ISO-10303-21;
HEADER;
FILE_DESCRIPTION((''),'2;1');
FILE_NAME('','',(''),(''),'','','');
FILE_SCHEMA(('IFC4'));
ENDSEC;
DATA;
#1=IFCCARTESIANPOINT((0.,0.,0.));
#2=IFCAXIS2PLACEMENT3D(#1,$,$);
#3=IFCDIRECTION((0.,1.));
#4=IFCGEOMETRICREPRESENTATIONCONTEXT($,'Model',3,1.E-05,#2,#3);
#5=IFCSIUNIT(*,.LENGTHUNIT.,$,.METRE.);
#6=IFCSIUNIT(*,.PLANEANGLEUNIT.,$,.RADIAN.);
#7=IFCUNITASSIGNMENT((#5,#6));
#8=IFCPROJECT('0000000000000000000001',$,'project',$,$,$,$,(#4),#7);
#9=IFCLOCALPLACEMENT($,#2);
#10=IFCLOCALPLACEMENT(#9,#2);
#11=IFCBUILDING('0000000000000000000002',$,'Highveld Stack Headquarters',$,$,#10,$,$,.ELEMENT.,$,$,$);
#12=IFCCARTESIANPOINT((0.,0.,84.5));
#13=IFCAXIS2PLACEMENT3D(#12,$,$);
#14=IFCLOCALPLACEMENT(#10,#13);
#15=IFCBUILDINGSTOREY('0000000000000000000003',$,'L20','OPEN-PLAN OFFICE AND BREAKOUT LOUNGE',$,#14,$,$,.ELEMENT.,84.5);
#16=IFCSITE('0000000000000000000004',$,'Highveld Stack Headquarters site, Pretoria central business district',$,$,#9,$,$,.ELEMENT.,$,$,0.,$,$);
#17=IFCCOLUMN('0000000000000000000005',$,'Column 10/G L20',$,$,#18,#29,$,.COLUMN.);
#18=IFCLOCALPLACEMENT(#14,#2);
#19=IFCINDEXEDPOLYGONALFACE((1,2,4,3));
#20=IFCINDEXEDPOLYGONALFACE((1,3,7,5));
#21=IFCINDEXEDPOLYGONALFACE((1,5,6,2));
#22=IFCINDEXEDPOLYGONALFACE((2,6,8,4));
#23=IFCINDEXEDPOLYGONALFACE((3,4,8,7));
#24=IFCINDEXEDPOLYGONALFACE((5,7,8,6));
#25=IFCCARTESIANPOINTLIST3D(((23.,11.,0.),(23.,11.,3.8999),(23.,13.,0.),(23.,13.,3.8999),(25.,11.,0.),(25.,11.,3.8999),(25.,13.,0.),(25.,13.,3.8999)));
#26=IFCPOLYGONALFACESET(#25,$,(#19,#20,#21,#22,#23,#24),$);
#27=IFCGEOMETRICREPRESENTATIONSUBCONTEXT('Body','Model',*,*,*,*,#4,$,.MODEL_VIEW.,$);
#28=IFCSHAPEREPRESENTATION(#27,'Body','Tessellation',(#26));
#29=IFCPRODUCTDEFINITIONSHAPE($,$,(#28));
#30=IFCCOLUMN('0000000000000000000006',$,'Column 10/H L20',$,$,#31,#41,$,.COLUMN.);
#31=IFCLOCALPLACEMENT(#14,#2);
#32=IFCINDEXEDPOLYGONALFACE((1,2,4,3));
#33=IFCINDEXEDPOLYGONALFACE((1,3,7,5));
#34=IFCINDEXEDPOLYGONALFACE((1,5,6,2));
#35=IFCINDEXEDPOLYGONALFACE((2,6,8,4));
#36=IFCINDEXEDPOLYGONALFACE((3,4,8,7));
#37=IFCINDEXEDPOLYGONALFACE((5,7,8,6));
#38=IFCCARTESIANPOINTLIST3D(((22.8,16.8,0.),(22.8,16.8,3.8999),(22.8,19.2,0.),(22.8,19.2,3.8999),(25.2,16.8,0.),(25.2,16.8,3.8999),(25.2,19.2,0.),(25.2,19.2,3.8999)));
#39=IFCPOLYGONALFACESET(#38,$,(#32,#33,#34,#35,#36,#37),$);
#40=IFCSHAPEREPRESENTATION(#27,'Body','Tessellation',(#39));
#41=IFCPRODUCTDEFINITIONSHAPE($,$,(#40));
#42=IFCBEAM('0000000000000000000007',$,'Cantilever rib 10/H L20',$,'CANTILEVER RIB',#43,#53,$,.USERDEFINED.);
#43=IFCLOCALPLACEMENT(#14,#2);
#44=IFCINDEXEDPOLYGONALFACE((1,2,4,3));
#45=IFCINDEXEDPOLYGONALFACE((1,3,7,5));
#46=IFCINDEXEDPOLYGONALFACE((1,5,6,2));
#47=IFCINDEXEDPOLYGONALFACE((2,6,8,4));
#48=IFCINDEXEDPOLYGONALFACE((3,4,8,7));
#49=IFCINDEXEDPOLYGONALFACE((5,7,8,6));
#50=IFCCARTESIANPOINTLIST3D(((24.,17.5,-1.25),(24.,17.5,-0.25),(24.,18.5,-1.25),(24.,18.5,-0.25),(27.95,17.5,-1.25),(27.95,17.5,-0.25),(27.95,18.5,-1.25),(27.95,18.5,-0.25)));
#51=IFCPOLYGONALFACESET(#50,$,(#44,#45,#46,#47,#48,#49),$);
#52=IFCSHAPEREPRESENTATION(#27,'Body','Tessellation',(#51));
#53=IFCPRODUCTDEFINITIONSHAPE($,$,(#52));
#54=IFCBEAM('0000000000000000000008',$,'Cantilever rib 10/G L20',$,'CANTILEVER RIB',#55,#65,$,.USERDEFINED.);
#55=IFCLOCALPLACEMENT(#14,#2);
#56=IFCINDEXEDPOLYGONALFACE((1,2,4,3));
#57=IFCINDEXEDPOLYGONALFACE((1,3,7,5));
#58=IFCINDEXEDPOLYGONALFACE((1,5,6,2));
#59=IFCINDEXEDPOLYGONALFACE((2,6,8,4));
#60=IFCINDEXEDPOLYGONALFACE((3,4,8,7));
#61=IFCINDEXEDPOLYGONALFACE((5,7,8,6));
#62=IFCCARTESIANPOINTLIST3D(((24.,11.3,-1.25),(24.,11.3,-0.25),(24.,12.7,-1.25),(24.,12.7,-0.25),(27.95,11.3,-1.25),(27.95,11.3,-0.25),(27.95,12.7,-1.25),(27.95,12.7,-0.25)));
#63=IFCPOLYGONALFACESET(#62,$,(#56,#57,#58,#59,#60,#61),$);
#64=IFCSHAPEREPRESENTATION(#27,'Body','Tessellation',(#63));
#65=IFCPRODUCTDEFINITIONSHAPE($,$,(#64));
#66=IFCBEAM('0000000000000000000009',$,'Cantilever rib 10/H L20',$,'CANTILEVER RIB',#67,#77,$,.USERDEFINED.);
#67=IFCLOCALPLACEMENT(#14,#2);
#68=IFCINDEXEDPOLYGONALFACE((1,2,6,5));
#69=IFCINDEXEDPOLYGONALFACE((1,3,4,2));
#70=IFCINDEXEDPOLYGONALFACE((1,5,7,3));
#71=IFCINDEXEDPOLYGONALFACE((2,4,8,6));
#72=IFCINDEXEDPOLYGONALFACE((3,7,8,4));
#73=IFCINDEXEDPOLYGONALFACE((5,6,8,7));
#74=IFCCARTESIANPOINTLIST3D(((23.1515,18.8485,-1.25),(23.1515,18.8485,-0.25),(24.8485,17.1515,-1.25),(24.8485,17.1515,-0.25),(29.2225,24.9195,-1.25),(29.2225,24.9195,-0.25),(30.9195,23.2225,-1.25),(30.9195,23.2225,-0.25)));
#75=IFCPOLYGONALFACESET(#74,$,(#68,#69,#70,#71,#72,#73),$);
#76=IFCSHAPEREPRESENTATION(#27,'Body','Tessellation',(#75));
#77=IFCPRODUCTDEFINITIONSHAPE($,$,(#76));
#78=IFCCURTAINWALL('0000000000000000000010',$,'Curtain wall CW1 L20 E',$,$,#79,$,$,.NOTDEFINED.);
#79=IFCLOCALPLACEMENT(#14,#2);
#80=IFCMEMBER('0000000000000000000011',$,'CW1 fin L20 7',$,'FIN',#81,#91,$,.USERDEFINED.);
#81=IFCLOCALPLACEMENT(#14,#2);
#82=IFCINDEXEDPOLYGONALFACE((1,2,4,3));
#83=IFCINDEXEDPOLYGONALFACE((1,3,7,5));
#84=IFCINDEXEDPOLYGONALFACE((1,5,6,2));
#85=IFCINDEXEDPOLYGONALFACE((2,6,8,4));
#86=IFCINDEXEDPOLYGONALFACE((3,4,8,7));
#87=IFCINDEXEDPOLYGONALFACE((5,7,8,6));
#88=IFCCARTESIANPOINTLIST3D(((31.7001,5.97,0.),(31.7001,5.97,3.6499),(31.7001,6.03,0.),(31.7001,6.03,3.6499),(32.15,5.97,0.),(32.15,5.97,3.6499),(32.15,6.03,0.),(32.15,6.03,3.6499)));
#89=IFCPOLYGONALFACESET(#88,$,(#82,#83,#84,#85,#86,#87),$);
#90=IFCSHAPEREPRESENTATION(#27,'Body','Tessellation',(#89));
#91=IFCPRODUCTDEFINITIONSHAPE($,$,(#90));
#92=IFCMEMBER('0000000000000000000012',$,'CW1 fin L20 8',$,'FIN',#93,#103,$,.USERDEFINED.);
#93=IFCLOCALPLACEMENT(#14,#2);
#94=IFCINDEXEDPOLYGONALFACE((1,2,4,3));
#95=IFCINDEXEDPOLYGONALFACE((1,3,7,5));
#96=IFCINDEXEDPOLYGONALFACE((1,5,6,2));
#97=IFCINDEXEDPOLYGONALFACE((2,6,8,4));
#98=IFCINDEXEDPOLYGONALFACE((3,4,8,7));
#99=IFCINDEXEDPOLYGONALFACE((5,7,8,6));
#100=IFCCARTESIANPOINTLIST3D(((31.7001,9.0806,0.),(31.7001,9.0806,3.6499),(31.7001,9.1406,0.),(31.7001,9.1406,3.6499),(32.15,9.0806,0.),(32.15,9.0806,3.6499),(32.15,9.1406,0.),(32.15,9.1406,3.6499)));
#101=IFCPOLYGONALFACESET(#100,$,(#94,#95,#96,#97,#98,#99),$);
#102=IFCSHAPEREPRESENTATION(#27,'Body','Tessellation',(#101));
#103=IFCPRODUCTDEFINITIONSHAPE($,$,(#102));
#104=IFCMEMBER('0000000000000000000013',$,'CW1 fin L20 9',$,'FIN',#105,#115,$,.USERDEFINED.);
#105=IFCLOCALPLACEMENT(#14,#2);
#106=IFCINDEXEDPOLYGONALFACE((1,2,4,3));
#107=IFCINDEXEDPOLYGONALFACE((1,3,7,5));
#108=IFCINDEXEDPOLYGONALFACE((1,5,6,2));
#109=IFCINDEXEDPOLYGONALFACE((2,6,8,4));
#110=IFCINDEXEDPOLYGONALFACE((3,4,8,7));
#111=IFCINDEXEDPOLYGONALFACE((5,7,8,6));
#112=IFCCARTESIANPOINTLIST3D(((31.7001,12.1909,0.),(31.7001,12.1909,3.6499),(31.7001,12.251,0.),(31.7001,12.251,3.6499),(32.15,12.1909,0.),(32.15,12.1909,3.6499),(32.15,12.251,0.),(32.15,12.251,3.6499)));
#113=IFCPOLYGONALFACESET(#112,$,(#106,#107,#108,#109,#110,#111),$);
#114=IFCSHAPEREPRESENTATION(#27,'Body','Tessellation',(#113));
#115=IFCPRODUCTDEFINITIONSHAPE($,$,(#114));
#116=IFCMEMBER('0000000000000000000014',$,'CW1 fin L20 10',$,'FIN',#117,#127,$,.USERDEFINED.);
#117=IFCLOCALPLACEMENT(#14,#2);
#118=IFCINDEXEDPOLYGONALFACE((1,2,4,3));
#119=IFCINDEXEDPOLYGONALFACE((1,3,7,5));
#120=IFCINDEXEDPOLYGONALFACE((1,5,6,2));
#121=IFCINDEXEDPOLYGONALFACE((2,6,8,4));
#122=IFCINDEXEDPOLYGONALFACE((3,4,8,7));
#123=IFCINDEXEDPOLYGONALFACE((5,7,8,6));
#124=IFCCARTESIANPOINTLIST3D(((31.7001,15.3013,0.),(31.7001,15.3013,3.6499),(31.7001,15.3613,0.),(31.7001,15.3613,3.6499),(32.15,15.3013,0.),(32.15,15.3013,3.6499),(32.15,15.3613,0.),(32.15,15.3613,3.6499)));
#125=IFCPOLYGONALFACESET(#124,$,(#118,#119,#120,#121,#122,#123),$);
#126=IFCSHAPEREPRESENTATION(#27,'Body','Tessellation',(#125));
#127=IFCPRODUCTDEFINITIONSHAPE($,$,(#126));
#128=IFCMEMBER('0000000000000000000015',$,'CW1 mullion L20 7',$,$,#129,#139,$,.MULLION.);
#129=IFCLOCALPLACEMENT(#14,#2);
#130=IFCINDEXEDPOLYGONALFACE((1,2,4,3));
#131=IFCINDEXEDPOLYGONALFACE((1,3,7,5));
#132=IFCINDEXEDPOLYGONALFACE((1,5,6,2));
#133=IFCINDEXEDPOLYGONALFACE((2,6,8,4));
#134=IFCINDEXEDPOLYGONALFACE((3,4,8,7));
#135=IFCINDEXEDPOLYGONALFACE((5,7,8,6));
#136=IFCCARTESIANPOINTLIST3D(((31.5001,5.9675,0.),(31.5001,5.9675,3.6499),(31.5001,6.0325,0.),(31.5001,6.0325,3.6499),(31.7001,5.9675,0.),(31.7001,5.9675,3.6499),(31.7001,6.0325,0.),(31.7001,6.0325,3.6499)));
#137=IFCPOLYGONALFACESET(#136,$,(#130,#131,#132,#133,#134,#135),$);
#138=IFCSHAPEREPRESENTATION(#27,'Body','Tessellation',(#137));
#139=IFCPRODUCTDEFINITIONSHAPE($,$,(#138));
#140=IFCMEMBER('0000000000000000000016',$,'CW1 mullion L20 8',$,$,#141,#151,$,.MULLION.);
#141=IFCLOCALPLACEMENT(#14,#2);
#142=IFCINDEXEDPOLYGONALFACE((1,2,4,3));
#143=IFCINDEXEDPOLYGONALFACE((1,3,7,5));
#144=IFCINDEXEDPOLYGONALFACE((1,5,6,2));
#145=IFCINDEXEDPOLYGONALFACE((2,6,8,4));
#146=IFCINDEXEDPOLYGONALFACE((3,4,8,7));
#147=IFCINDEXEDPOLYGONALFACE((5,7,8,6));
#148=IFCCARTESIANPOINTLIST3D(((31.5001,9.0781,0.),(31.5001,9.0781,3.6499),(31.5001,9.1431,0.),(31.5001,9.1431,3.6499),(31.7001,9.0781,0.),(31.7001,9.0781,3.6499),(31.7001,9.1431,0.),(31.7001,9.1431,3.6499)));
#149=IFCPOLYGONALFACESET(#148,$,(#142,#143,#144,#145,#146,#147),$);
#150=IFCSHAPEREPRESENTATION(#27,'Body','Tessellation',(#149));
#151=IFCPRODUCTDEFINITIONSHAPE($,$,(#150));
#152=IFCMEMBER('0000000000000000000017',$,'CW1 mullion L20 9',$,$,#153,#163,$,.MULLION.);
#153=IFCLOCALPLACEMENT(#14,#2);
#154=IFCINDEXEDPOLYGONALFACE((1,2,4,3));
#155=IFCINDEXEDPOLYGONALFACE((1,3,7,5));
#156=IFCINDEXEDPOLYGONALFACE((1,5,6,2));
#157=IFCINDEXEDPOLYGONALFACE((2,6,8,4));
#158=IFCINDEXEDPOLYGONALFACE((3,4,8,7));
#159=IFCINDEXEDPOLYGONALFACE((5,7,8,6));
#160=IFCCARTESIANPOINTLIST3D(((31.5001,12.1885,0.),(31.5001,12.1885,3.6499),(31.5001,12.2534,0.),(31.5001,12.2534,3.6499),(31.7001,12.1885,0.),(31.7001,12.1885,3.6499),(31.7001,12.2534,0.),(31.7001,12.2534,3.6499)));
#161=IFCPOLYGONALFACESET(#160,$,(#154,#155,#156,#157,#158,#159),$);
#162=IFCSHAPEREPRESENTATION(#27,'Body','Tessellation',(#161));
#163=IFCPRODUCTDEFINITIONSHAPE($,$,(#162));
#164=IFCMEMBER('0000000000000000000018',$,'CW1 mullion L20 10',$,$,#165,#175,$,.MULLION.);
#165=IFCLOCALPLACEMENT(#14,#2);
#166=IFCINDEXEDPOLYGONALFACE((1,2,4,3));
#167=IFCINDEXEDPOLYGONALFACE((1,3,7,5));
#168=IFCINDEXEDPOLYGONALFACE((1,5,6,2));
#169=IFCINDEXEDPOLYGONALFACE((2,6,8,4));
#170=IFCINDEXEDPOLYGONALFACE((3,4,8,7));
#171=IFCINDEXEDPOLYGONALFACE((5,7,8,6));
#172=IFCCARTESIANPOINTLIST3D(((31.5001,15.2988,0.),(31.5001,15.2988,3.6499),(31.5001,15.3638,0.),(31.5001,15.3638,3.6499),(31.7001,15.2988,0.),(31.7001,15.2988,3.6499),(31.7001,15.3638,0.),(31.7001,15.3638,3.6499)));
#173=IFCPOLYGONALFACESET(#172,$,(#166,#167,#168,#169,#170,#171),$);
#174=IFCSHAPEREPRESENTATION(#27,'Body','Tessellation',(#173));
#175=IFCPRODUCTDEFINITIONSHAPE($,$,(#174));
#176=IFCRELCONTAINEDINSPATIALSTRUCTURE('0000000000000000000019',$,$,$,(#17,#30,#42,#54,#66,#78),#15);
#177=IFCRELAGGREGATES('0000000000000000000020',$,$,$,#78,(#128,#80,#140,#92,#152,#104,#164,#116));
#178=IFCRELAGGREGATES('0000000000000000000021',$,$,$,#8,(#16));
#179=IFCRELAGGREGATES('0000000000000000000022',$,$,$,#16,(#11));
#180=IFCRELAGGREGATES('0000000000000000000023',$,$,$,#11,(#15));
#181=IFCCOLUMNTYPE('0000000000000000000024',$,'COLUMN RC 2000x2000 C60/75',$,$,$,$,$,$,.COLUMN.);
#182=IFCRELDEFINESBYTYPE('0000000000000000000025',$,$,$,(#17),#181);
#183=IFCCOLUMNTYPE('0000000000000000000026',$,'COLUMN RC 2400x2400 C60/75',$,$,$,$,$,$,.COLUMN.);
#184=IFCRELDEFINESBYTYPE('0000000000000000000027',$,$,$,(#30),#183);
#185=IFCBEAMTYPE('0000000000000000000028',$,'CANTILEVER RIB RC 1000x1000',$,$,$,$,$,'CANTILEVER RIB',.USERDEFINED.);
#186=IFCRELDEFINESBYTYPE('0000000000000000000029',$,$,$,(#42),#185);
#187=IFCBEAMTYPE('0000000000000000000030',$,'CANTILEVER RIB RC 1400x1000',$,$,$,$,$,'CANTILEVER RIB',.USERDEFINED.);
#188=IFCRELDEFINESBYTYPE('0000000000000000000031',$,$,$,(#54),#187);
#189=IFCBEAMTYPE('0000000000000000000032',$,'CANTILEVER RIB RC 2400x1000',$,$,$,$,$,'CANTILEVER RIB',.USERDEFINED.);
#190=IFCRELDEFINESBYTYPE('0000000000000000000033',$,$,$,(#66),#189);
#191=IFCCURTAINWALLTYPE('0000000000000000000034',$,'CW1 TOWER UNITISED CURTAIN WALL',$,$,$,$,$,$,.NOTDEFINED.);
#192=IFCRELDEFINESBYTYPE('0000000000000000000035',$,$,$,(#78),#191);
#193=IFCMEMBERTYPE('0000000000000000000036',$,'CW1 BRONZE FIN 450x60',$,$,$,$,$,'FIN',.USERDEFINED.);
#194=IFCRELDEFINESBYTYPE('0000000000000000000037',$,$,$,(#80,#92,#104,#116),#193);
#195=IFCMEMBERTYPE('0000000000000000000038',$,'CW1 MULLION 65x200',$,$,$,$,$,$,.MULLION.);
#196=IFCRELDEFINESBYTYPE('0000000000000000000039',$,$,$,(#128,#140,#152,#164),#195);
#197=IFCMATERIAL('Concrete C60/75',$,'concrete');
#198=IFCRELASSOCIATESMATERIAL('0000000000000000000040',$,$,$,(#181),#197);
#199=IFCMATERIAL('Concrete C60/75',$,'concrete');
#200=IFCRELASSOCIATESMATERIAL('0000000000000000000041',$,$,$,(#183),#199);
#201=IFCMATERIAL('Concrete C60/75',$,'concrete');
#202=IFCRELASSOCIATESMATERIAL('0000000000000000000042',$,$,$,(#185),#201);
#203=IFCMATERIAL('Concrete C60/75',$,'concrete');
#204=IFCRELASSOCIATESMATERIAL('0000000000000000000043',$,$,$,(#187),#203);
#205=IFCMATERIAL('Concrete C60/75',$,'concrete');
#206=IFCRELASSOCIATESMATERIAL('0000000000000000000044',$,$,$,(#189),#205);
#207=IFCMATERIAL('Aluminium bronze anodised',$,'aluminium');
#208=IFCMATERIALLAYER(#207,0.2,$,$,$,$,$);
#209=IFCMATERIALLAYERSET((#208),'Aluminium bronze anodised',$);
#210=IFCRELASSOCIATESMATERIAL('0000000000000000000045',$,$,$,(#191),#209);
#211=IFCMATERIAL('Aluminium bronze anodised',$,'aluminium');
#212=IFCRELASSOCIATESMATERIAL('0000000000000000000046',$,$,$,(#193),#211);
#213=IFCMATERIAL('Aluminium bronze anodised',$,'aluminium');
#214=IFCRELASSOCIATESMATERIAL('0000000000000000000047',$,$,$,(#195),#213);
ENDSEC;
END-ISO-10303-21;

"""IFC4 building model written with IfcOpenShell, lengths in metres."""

from ifc_helpers import new_model, si_unit, direction, frame, origin, origin_2d, place, context, subcontext, project, spatial, rectangle, extrude, material, layer, layer_set, material_profile, profile_set, type_object, element, aggregate, save


model = new_model("IFC4")

# Units and contexts
model_context = context("Model", 3, precision=1e-05, world=origin(), true_north=direction((0.0, 1.0)))
body_context = subcontext(model_context, "Body", "Model", "MODEL_VIEW")
ifc_project = project(units=[si_unit("LENGTHUNIT", "METRE"), si_unit("PLANEANGLEUNIT", "RADIAN")], contexts=[model_context])

# Site, building, storey
site_placement = place(None, origin())
site = spatial("IfcSite", under=ifc_project, at=site_placement, Name="Highveld Stack Headquarters site, Pretoria central business district", CompositionType="ELEMENT", RefElevation=0.0)
building_placement = place(site_placement, origin())
building = spatial("IfcBuilding", under=site, at=building_placement, Name="Highveld Stack Headquarters", CompositionType="ELEMENT")
storey_placement = place(building_placement, frame((0.0, 0.0, 84.5)))
storey = spatial("IfcBuildingStorey", under=building, at=storey_placement, Name="L20", Description="OPEN-PLAN OFFICE AND BREAKOUT LOUNGE", CompositionType="ELEMENT", Elevation=84.5)

# Columns
ifc_material_1 = material(Name="Concrete C60/75", Category="concrete")
ifc_material_profile_1 = material_profile(ifc_material_1, rectangle(XDim=2.0, YDim=2.0, at=origin_2d()), Name="RC 2000x2000")
ifc_profile_set_1 = profile_set([ifc_material_profile_1], Name="Concrete C60/75")
column_type_1 = type_object("IfcColumnType", Name="COLUMN RC 2000x2000 C60/75", PredefinedType="COLUMN", material=ifc_profile_set_1)
column_1_placement = place(storey_placement, frame((24.0, 12.0, 0.0), z_axis=(0.0, 0.0, 1.0), x_axis=(1.0, 0.0, 0.0)))
element("IfcColumn", 1, at=column_1_placement, inside=storey, type_object=column_type_1, Name="Column 10/G L20", PredefinedType="COLUMN", context=body_context, shape_type="SweptSolid", body=[
    extrude(rectangle(XDim=2.0, YDim=2.0, at=origin_2d()), origin(), (0.0, 0.0, 1.0), 3.8999),
])
ifc_material_2 = material(Name="Concrete C60/75", Category="concrete")
ifc_material_profile_2 = material_profile(ifc_material_2, rectangle(XDim=2.3999, YDim=2.3999, at=origin_2d()), Name="RC 2400x2400")
ifc_profile_set_2 = profile_set([ifc_material_profile_2], Name="Concrete C60/75")
column_type_2 = type_object("IfcColumnType", Name="COLUMN RC 2400x2400 C60/75", PredefinedType="COLUMN", material=ifc_profile_set_2)
column_2_placement = place(storey_placement, frame((24.0, 18.0, 0.0), z_axis=(0.0, 0.0, 1.0), x_axis=(1.0, 0.0, 0.0)))
element("IfcColumn", 2, at=column_2_placement, inside=storey, type_object=column_type_2, Name="Column 10/H L20", PredefinedType="COLUMN", context=body_context, shape_type="SweptSolid", body=[
    extrude(rectangle(XDim=2.3999, YDim=2.3999, at=origin_2d()), origin(), (0.0, 0.0, 1.0), 3.8999),
])

# Beams
ifc_material_3 = material(Name="Concrete C60/75", Category="concrete")
ifc_material_profile_3 = material_profile(ifc_material_3, rectangle(XDim=1.0, YDim=1.0, at=origin_2d()), Name="RC 1000x1000")
ifc_profile_set_3 = profile_set([ifc_material_profile_3], Name="Concrete C60/75")
beam_type_1 = type_object("IfcBeamType", Name="CANTILEVER RIB RC 1000x1000", ElementType="CANTILEVER RIB", PredefinedType="USERDEFINED", material=ifc_profile_set_3)
beam_1_placement = place(storey_placement, frame((24.0, 18.0, -0.75), z_axis=(1.0, 0.0, 0.0), x_axis=(0.0, 1.0, 0.0)))
element("IfcBeam", 3, at=beam_1_placement, inside=storey, type_object=beam_type_1, Name="Cantilever rib 10/H L20", ObjectType="CANTILEVER RIB", PredefinedType="USERDEFINED", context=body_context, shape_type="SweptSolid", body=[
    extrude(rectangle(XDim=1.0, YDim=1.0, at=origin_2d()), origin(), (0.0, 0.0, 1.0), 3.95),
])
ifc_material_4 = material(Name="Concrete C60/75", Category="concrete")
ifc_material_profile_4 = material_profile(ifc_material_4, rectangle(XDim=1.3999, YDim=1.0, at=origin_2d()), Name="RC 1400x1000")
ifc_profile_set_4 = profile_set([ifc_material_profile_4], Name="Concrete C60/75")
beam_type_2 = type_object("IfcBeamType", Name="CANTILEVER RIB RC 1400x1000", ElementType="CANTILEVER RIB", PredefinedType="USERDEFINED", material=ifc_profile_set_4)
beam_2_placement = place(storey_placement, frame((24.0, 12.0, -0.75), z_axis=(1.0, 0.0, 0.0), x_axis=(0.0, 1.0, 0.0)))
element("IfcBeam", 4, at=beam_2_placement, inside=storey, type_object=beam_type_2, Name="Cantilever rib 10/G L20", ObjectType="CANTILEVER RIB", PredefinedType="USERDEFINED", context=body_context, shape_type="SweptSolid", body=[
    extrude(rectangle(XDim=1.3999, YDim=1.0, at=origin_2d()), origin(), (0.0, 0.0, 1.0), 3.95),
])
ifc_material_5 = material(Name="Concrete C60/75", Category="concrete")
ifc_material_profile_5 = material_profile(ifc_material_5, rectangle(XDim=2.3999, YDim=1.0, at=origin_2d()), Name="RC 2400x1000")
ifc_profile_set_5 = profile_set([ifc_material_profile_5], Name="Concrete C60/75")
beam_type_3 = type_object("IfcBeamType", Name="CANTILEVER RIB RC 2400x1000", ElementType="CANTILEVER RIB", PredefinedType="USERDEFINED", material=ifc_profile_set_5)
beam_3_placement = place(storey_placement, frame((24.0, 18.0, -0.75), z_axis=(0.707107, 0.707107, 0.0), x_axis=(-0.707107, 0.707107, 0.0)))
element("IfcBeam", 5, at=beam_3_placement, inside=storey, type_object=beam_type_3, Name="Cantilever rib 10/H L20", ObjectType="CANTILEVER RIB", PredefinedType="USERDEFINED", context=body_context, shape_type="SweptSolid", body=[
    extrude(rectangle(XDim=2.3999, YDim=1.0, at=origin_2d()), origin(), (0.0, 0.0, 1.0), 8.5857),
])

# Curtain wall, members
ifc_material_6 = material(Name="Aluminium bronze anodised", Category="aluminium")
ifc_layer_1 = layer(ifc_material_6, 0.2)
ifc_layer_set_1 = layer_set([ifc_layer_1], Name="Aluminium bronze anodised")
curtain_wall_type = type_object("IfcCurtainWallType", Name="CW1 TOWER UNITISED CURTAIN WALL", PredefinedType="NOTDEFINED", material=ifc_layer_set_1)
curtain_wall_placement = place(storey_placement, origin())
curtain_wall = element("IfcCurtainWall", 6, at=curtain_wall_placement, inside=storey, type_object=curtain_wall_type, Name="Curtain wall CW1 L20 E", PredefinedType="NOTDEFINED")
ifc_material_7 = material(Name="Aluminium bronze anodised", Category="aluminium")
ifc_material_profile_6 = material_profile(ifc_material_7, rectangle(XDim=0.45, YDim=0.0601, at=origin_2d()), Name="FIN 450x60")
ifc_profile_set_6 = profile_set([ifc_material_profile_6], Name="Aluminium bronze anodised")
member_type_1 = type_object("IfcMemberType", Name="CW1 BRONZE FIN 450x60", ElementType="FIN", PredefinedType="USERDEFINED", material=ifc_profile_set_6)
member_1_placement = place(storey_placement, frame((31.925, 6.0, 0.0), z_axis=(0.0, 0.0, 1.0), x_axis=(-1.0, 0.0, 0.0)))
member_1 = element("IfcMember", 7, at=member_1_placement, type_object=member_type_1, Name="CW1 fin L20 7", ObjectType="FIN", PredefinedType="USERDEFINED", context=body_context, shape_type="SweptSolid", body=[
    extrude(rectangle(XDim=0.45, YDim=0.0601, at=origin_2d()), origin(), (0.0, 0.0, 1.0), 3.6499),
])
member_2_placement = place(storey_placement, frame((31.925, 9.1106, 0.0), z_axis=(0.0, 0.0, 1.0), x_axis=(-1.0, 0.0, 0.0)))
member_2 = element("IfcMember", 8, at=member_2_placement, type_object=member_type_1, Name="CW1 fin L20 8", ObjectType="FIN", PredefinedType="USERDEFINED", context=body_context, shape_type="SweptSolid", body=[
    extrude(rectangle(XDim=0.45, YDim=0.0601, at=origin_2d()), origin(), (0.0, 0.0, 1.0), 3.6499),
])
member_3_placement = place(storey_placement, frame((31.925, 12.2209, 0.0), z_axis=(0.0, 0.0, 1.0), x_axis=(-1.0, 0.0, 0.0)))
member_3 = element("IfcMember", 9, at=member_3_placement, type_object=member_type_1, Name="CW1 fin L20 9", ObjectType="FIN", PredefinedType="USERDEFINED", context=body_context, shape_type="SweptSolid", body=[
    extrude(rectangle(XDim=0.45, YDim=0.0601, at=origin_2d()), origin(), (0.0, 0.0, 1.0), 3.6499),
])
member_4_placement = place(storey_placement, frame((31.925, 15.3313, 0.0), z_axis=(0.0, 0.0, 1.0), x_axis=(-1.0, 0.0, 0.0)))
member_4 = element("IfcMember", 10, at=member_4_placement, type_object=member_type_1, Name="CW1 fin L20 10", ObjectType="FIN", PredefinedType="USERDEFINED", context=body_context, shape_type="SweptSolid", body=[
    extrude(rectangle(XDim=0.45, YDim=0.0601, at=origin_2d()), origin(), (0.0, 0.0, 1.0), 3.6499),
])
ifc_material_8 = material(Name="Aluminium bronze anodised", Category="aluminium")
ifc_material_profile_7 = material_profile(ifc_material_8, rectangle(XDim=0.2, YDim=0.0649, at=origin_2d()), Name="CW1 MULLION 65x200")
ifc_profile_set_7 = profile_set([ifc_material_profile_7], Name="Aluminium bronze anodised")
member_type_2 = type_object("IfcMemberType", Name="CW1 MULLION 65x200", PredefinedType="MULLION", material=ifc_profile_set_7)
member_5_placement = place(storey_placement, frame((31.6001, 6.0, 0.0), z_axis=(0.0, 0.0, 1.0), x_axis=(-1.0, 0.0, 0.0)))
member_5 = element("IfcMember", 11, at=member_5_placement, type_object=member_type_2, Name="CW1 mullion L20 7", PredefinedType="MULLION", context=body_context, shape_type="SweptSolid", body=[
    extrude(rectangle(XDim=0.2, YDim=0.0649, at=origin_2d()), origin(), (0.0, 0.0, 1.0), 3.6499),
])
member_6_placement = place(storey_placement, frame((31.6001, 9.1106, 0.0), z_axis=(0.0, 0.0, 1.0), x_axis=(-1.0, 0.0, 0.0)))
member_6 = element("IfcMember", 12, at=member_6_placement, type_object=member_type_2, Name="CW1 mullion L20 8", PredefinedType="MULLION", context=body_context, shape_type="SweptSolid", body=[
    extrude(rectangle(XDim=0.2, YDim=0.0649, at=origin_2d()), origin(), (0.0, 0.0, 1.0), 3.6499),
])
member_7_placement = place(storey_placement, frame((31.6001, 12.2209, 0.0), z_axis=(0.0, 0.0, 1.0), x_axis=(-1.0, 0.0, 0.0)))
member_7 = element("IfcMember", 13, at=member_7_placement, type_object=member_type_2, Name="CW1 mullion L20 9", PredefinedType="MULLION", context=body_context, shape_type="SweptSolid", body=[
    extrude(rectangle(XDim=0.2, YDim=0.0649, at=origin_2d()), origin(), (0.0, 0.0, 1.0), 3.6499),
])
member_8_placement = place(storey_placement, frame((31.6001, 15.3313, 0.0), z_axis=(0.0, 0.0, 1.0), x_axis=(-1.0, 0.0, 0.0)))
member_8 = element("IfcMember", 14, at=member_8_placement, type_object=member_type_2, Name="CW1 mullion L20 10", PredefinedType="MULLION", context=body_context, shape_type="SweptSolid", body=[
    extrude(rectangle(XDim=0.2, YDim=0.0649, at=origin_2d()), origin(), (0.0, 0.0, 1.0), 3.6499),
])

aggregate(curtain_wall, [member_5, member_1, member_6, member_2, member_7, member_3, member_8, member_4])

save(model, "model.ifc")
